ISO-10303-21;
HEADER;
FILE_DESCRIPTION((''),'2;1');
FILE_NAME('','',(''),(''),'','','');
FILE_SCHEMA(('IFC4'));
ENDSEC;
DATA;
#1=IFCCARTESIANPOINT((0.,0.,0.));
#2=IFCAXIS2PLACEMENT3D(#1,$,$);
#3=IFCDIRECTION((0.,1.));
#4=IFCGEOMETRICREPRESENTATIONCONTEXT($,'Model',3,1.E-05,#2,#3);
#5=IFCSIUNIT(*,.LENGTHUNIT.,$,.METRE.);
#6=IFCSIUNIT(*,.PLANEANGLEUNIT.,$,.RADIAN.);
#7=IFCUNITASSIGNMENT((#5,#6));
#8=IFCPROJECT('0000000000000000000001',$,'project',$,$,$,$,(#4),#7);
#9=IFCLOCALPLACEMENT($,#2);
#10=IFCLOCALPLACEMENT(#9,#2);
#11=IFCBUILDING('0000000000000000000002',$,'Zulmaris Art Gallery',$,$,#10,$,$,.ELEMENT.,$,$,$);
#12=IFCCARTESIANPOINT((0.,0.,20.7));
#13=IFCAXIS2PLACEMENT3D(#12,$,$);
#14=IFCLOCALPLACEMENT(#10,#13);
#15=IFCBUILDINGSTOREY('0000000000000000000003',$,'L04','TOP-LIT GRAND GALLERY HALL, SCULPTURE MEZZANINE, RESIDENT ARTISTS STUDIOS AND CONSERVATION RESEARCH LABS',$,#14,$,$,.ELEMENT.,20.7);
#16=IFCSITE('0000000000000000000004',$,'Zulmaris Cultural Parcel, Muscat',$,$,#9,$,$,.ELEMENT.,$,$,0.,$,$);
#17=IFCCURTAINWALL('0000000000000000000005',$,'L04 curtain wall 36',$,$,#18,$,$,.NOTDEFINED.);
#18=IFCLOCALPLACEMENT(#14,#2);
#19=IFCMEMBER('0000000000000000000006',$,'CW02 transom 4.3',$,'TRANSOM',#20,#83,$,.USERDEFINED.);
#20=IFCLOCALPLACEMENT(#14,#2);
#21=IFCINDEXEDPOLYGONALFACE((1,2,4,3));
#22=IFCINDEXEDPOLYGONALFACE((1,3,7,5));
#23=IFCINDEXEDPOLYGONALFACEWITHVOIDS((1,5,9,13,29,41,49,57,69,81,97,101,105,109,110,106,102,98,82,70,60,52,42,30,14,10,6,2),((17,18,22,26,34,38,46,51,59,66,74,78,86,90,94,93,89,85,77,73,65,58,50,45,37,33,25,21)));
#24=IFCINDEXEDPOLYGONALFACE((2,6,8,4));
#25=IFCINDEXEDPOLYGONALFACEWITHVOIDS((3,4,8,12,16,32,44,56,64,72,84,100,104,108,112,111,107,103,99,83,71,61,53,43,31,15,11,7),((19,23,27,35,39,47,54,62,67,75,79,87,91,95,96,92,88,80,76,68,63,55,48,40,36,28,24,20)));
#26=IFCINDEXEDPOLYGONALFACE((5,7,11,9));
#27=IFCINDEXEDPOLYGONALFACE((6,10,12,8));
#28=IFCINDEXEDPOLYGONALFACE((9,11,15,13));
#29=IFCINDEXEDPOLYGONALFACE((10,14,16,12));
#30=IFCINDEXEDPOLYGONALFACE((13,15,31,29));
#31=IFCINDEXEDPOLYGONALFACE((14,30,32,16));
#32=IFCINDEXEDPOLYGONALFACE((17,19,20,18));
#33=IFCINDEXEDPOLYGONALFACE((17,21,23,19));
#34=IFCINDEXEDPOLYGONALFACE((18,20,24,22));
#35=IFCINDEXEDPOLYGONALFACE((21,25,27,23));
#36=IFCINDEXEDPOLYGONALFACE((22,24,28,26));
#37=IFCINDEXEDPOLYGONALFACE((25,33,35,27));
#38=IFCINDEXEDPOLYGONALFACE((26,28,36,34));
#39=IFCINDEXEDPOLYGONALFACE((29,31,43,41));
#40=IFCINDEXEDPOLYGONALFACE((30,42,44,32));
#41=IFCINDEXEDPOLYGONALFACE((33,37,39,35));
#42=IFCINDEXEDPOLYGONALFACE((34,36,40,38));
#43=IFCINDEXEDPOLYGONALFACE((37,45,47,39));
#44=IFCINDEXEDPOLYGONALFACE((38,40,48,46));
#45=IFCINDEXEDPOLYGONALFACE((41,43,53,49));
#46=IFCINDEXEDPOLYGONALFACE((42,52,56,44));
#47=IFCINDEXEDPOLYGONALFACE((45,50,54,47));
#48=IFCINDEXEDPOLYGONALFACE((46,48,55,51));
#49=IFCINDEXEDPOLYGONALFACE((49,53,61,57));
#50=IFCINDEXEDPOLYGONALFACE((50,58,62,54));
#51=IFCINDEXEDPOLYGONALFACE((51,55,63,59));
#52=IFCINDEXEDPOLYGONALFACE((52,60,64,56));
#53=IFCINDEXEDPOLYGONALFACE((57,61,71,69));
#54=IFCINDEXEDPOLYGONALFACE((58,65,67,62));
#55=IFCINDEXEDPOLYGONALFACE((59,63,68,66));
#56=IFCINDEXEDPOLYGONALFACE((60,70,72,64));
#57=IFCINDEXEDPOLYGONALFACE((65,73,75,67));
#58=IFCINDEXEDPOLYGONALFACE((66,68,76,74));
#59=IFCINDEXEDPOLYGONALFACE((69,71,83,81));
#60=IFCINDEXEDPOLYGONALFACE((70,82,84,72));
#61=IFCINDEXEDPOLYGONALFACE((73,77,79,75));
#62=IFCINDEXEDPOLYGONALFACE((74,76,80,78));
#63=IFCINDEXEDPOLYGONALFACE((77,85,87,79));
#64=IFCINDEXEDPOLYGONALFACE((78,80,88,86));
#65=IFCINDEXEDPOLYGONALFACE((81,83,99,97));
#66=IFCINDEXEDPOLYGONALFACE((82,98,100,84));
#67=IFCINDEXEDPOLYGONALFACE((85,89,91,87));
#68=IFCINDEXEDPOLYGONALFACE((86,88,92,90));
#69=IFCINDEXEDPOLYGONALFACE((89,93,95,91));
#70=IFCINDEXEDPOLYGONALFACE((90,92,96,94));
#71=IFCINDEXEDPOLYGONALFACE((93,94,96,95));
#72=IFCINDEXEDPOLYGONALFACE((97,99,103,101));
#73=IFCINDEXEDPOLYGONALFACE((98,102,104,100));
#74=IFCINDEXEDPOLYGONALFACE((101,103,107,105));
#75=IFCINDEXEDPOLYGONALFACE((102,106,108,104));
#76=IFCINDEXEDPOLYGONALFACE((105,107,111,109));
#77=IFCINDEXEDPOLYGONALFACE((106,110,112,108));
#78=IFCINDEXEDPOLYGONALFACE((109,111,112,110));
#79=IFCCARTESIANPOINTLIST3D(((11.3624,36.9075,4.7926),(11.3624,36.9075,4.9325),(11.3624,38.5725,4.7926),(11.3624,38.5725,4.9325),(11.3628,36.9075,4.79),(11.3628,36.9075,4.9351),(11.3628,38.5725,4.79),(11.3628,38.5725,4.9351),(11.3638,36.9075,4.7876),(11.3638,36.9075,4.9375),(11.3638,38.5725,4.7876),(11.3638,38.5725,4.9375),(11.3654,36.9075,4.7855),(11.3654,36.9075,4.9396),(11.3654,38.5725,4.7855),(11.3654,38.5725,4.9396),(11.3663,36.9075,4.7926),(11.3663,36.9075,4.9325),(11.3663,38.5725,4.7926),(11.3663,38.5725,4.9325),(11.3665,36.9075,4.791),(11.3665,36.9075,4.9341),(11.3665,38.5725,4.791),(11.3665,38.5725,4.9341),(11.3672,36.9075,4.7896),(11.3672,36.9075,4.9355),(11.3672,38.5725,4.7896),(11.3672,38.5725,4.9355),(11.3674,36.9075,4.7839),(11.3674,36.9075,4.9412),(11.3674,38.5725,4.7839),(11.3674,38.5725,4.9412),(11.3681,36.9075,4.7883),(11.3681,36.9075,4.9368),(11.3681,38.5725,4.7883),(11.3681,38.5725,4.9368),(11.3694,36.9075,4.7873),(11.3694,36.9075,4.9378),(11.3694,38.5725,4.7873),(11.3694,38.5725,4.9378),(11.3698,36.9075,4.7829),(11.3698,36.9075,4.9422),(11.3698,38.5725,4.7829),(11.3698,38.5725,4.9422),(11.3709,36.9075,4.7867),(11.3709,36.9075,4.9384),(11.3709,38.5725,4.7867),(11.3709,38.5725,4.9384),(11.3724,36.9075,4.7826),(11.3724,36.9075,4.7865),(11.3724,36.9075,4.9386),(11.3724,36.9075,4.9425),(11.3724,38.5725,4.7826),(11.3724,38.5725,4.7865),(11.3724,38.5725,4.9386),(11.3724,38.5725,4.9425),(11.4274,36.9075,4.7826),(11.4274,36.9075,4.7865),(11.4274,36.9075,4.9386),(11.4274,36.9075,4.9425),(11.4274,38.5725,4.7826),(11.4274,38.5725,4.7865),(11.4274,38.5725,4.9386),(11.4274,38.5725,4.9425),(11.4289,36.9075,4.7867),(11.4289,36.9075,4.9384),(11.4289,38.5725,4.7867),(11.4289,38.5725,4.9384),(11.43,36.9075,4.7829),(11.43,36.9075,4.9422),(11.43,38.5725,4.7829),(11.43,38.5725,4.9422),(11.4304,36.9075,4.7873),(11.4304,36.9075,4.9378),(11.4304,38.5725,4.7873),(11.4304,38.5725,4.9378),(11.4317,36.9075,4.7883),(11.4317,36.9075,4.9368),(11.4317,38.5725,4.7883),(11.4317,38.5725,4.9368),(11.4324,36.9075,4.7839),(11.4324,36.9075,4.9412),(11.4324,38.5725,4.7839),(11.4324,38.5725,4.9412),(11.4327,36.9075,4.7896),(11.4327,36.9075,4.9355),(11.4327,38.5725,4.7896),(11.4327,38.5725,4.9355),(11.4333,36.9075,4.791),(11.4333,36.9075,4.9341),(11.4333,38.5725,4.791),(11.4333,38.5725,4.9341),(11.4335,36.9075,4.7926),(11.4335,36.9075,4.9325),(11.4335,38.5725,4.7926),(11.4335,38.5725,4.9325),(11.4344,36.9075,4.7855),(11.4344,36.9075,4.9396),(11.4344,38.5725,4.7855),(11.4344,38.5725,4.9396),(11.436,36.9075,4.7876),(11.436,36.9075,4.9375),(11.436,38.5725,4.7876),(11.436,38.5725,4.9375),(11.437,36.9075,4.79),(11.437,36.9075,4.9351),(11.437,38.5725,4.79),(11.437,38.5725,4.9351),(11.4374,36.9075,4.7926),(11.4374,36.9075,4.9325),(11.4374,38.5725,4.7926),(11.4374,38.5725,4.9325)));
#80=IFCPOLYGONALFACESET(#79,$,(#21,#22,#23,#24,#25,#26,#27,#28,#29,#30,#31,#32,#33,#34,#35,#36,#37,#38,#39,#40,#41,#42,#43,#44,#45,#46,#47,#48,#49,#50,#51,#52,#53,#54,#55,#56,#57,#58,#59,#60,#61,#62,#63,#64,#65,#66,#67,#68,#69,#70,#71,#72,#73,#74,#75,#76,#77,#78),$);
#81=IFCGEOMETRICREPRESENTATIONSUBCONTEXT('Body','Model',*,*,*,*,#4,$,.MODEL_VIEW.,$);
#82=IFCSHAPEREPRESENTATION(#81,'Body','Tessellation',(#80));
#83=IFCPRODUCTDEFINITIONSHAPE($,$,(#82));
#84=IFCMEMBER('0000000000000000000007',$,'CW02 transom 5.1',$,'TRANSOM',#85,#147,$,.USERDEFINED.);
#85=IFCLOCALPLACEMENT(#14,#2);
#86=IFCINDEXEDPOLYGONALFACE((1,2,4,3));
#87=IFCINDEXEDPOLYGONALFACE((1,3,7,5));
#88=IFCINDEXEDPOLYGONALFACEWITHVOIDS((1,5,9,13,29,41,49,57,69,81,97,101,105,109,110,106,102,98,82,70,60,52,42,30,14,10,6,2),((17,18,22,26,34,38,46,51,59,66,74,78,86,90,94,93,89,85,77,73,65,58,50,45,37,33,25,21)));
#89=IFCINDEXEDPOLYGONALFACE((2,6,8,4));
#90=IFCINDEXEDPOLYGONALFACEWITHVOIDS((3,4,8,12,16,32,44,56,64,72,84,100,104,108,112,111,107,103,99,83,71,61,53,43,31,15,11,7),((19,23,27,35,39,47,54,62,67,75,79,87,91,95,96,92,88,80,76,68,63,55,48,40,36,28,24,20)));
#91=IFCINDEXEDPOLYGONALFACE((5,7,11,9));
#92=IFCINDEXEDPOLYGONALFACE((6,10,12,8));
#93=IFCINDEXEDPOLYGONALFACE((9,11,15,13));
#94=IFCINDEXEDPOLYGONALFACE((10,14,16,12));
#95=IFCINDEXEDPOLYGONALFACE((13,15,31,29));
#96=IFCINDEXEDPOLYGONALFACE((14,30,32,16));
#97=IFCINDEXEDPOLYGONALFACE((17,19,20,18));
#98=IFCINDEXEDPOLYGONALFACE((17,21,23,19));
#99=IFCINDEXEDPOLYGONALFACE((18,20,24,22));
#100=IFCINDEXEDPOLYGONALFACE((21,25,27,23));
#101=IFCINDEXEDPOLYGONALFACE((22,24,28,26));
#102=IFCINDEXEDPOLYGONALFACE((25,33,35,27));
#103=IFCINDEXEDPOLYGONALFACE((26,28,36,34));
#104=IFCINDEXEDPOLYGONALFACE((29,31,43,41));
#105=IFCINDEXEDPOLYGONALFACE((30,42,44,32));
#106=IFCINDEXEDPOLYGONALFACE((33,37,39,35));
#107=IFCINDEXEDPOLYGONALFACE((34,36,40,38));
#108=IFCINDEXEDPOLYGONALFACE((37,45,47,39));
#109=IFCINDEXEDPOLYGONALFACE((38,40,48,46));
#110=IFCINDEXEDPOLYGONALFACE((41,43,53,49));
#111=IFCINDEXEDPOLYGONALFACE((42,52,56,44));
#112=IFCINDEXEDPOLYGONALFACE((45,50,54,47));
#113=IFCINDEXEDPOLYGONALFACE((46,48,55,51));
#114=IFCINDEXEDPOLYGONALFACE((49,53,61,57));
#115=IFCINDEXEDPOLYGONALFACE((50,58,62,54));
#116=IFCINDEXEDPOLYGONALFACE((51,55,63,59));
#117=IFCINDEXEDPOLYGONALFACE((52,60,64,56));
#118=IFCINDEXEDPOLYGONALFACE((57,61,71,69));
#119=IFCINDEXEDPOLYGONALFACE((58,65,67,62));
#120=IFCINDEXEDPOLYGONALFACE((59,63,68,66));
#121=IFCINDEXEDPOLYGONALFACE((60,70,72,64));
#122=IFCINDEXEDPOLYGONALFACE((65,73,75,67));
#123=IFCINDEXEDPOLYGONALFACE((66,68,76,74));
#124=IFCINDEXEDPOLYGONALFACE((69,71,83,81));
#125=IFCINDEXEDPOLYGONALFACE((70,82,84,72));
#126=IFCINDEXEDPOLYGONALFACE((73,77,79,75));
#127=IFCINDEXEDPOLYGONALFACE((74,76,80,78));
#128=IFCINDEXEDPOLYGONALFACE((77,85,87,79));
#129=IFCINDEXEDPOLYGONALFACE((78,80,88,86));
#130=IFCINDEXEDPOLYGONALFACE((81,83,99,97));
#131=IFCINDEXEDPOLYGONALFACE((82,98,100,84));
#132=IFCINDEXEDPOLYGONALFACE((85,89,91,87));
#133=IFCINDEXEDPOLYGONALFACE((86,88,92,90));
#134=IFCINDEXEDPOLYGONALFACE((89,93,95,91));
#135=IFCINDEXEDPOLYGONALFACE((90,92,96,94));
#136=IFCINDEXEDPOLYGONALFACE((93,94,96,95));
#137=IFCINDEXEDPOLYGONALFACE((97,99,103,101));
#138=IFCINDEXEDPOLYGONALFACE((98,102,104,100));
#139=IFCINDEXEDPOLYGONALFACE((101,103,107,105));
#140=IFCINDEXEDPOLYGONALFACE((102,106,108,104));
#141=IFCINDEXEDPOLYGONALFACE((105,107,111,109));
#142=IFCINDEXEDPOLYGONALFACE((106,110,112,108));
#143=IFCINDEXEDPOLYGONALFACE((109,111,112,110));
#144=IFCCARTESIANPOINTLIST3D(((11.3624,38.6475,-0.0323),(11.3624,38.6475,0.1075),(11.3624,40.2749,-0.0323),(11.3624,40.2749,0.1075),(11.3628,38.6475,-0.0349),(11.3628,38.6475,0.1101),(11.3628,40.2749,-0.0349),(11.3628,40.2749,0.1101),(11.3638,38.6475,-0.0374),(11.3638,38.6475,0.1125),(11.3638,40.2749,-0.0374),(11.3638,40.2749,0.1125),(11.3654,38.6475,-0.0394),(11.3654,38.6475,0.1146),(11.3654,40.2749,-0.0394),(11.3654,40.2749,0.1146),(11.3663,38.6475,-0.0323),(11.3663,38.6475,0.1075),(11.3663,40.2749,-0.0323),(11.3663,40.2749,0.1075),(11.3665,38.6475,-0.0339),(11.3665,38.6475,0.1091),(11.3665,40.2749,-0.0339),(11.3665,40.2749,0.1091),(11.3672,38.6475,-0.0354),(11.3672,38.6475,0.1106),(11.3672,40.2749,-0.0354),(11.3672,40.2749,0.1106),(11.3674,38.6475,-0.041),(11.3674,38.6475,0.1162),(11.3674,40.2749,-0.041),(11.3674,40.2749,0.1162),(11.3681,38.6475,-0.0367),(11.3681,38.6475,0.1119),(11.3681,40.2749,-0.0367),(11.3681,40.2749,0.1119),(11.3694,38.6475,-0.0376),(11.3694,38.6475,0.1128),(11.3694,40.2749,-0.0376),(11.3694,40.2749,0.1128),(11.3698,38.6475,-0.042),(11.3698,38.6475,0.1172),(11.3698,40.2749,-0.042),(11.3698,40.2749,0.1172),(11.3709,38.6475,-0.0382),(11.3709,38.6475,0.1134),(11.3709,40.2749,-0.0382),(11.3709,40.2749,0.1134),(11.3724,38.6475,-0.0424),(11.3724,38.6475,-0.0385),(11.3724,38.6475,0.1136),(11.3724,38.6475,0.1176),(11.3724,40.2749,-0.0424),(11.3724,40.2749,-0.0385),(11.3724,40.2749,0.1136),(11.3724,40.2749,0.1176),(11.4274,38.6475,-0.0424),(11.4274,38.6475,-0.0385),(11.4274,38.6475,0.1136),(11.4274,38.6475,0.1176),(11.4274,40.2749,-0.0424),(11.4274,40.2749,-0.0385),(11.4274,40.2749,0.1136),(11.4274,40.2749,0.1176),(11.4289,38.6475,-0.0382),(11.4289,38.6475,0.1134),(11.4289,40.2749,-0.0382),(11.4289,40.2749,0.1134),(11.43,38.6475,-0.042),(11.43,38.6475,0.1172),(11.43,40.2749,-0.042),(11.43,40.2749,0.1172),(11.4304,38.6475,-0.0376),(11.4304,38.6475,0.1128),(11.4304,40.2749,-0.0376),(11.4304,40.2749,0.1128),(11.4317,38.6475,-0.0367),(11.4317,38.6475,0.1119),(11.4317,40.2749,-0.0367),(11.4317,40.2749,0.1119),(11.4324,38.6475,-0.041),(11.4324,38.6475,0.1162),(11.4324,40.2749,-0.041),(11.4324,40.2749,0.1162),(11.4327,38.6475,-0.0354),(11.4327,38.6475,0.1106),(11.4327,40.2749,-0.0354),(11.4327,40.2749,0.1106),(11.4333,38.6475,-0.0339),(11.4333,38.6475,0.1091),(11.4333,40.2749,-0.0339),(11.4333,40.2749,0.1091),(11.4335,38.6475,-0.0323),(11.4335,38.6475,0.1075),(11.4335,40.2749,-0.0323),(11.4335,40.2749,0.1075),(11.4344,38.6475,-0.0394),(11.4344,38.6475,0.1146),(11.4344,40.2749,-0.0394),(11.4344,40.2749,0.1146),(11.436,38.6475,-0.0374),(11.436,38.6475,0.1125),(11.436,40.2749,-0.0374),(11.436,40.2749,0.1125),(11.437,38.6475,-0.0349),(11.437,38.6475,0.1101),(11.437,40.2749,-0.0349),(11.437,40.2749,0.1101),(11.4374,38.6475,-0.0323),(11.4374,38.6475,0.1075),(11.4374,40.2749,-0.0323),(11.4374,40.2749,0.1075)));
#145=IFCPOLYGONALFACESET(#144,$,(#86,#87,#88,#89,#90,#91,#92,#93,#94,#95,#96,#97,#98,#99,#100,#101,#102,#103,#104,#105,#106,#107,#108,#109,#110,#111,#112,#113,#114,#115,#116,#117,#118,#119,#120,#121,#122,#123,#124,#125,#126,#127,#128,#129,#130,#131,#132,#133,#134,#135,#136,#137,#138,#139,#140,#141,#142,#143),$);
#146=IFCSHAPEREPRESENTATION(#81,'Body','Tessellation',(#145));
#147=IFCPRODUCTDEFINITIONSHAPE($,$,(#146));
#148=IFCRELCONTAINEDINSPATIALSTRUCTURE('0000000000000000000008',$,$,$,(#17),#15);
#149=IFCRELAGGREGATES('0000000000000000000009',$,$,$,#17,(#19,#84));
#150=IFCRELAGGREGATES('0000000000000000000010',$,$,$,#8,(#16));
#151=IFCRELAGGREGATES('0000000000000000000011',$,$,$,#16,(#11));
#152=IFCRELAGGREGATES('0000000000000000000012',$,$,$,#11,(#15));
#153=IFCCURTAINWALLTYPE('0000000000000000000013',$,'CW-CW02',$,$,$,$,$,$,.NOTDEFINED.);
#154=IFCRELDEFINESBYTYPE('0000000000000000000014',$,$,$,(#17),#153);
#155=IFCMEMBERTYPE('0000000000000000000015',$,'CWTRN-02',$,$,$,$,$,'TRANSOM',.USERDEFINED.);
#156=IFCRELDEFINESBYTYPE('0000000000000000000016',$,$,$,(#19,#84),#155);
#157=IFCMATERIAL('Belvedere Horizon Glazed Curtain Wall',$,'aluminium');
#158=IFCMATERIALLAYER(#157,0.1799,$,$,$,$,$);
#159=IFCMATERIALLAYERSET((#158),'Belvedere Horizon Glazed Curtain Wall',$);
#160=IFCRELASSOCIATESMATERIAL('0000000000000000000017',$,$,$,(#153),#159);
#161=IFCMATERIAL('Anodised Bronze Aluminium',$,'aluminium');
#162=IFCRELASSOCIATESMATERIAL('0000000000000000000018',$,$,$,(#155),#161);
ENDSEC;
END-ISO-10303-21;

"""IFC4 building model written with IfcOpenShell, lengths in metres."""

from ifc_helpers import new_model, si_unit, direction, frame, origin, origin_2d, place, context, subcontext, project, spatial, hollow_rectangle, extrude, material, layer, layer_set, material_profile, profile_set, type_object, element, aggregate, save


model = new_model("IFC4")

# Units and contexts
model_context = context("Model", 3, precision=1e-05, world=origin(), true_north=direction((0.0, 1.0)))
body_context = subcontext(model_context, "Body", "Model", "MODEL_VIEW")
ifc_project = project(units=[si_unit("LENGTHUNIT", "METRE"), si_unit("PLANEANGLEUNIT", "RADIAN")], contexts=[model_context])

# Site, building, storey
site_placement = place(None, origin())
site = spatial("IfcSite", under=ifc_project, at=site_placement, Name="Zulmaris Cultural Parcel, Muscat", CompositionType="ELEMENT", RefElevation=0.0)
building_placement = place(site_placement, origin())
building = spatial("IfcBuilding", under=site, at=building_placement, Name="Zulmaris Art Gallery", CompositionType="ELEMENT")
storey_placement = place(building_placement, frame((0.0, 0.0, 20.7)))
storey = spatial("IfcBuildingStorey", under=building, at=storey_placement, Name="L04", Description="TOP-LIT GRAND GALLERY HALL, SCULPTURE MEZZANINE, RESIDENT ARTISTS STUDIOS AND CONSERVATION RESEARCH LABS", CompositionType="ELEMENT", Elevation=20.7)

# Curtain wall
ifc_material_1 = material(Name="Belvedere Horizon Glazed Curtain Wall", Category="aluminium")
ifc_layer_1 = layer(ifc_material_1, 0.1799)
ifc_layer_set_1 = layer_set([ifc_layer_1], Name="Belvedere Horizon Glazed Curtain Wall")
curtain_wall_type = type_object("IfcCurtainWallType", Name="CW-CW02", PredefinedType="NOTDEFINED", material=ifc_layer_set_1)
curtain_wall_1_placement = place(storey_placement, origin())
curtain_wall_1 = element("IfcCurtainWall", 1, at=curtain_wall_1_placement, inside=storey, type_object=curtain_wall_type, Name="L04 curtain wall 36", PredefinedType="NOTDEFINED")
ifc_material_2 = material(Name="Anodised Bronze Aluminium", Category="aluminium")

# Members
ifc_material_profile_1 = material_profile(ifc_material_2, hollow_rectangle(XDim=0.075, YDim=0.1599, WallThickness=0.0039, InnerFilletRadius=0.0061, OuterFilletRadius=0.01, at=origin_2d()), Name="ALU 75x160x4")
ifc_profile_set_1 = profile_set([ifc_material_profile_1], Name="Anodised Bronze Aluminium")
member_type_1 = type_object("IfcMemberType", Name="CWTRN-02", ElementType="TRANSOM", PredefinedType="USERDEFINED", material=ifc_profile_set_1)
member_1_placement = place(storey_placement, frame((11.3999, 36.9075, 4.8625), z_axis=(0.0, 1.0, 0.0), x_axis=(-1.0, 0.0, 0.0)))
member_1 = element("IfcMember", 2, at=member_1_placement, type_object=member_type_1, Name="CW02 transom 4.3", ObjectType="TRANSOM", PredefinedType="USERDEFINED", context=body_context, shape_type="SweptSolid", body=[
    extrude(hollow_rectangle(XDim=0.075, YDim=0.1599, WallThickness=0.0039, InnerFilletRadius=0.0061, OuterFilletRadius=0.01, at=origin_2d()), origin(), (0.0, 0.0, 1.0), 1.665),
])
member_2_placement = place(storey_placement, frame((11.3999, 38.6475, 0.0376), z_axis=(0.0, 1.0, 0.0), x_axis=(-1.0, 0.0, 0.0)))
member_2 = element("IfcMember", 3, at=member_2_placement, type_object=member_type_1, Name="CW02 transom 5.1", ObjectType="TRANSOM", PredefinedType="USERDEFINED", context=body_context, shape_type="SweptSolid", body=[
    extrude(hollow_rectangle(XDim=0.075, YDim=0.1599, WallThickness=0.0039, InnerFilletRadius=0.0061, OuterFilletRadius=0.01, at=origin_2d()), origin(), (0.0, 0.0, 1.0), 1.6274),
])

aggregate(curtain_wall_1, [member_1, member_2])

save(model, "model.ifc")
